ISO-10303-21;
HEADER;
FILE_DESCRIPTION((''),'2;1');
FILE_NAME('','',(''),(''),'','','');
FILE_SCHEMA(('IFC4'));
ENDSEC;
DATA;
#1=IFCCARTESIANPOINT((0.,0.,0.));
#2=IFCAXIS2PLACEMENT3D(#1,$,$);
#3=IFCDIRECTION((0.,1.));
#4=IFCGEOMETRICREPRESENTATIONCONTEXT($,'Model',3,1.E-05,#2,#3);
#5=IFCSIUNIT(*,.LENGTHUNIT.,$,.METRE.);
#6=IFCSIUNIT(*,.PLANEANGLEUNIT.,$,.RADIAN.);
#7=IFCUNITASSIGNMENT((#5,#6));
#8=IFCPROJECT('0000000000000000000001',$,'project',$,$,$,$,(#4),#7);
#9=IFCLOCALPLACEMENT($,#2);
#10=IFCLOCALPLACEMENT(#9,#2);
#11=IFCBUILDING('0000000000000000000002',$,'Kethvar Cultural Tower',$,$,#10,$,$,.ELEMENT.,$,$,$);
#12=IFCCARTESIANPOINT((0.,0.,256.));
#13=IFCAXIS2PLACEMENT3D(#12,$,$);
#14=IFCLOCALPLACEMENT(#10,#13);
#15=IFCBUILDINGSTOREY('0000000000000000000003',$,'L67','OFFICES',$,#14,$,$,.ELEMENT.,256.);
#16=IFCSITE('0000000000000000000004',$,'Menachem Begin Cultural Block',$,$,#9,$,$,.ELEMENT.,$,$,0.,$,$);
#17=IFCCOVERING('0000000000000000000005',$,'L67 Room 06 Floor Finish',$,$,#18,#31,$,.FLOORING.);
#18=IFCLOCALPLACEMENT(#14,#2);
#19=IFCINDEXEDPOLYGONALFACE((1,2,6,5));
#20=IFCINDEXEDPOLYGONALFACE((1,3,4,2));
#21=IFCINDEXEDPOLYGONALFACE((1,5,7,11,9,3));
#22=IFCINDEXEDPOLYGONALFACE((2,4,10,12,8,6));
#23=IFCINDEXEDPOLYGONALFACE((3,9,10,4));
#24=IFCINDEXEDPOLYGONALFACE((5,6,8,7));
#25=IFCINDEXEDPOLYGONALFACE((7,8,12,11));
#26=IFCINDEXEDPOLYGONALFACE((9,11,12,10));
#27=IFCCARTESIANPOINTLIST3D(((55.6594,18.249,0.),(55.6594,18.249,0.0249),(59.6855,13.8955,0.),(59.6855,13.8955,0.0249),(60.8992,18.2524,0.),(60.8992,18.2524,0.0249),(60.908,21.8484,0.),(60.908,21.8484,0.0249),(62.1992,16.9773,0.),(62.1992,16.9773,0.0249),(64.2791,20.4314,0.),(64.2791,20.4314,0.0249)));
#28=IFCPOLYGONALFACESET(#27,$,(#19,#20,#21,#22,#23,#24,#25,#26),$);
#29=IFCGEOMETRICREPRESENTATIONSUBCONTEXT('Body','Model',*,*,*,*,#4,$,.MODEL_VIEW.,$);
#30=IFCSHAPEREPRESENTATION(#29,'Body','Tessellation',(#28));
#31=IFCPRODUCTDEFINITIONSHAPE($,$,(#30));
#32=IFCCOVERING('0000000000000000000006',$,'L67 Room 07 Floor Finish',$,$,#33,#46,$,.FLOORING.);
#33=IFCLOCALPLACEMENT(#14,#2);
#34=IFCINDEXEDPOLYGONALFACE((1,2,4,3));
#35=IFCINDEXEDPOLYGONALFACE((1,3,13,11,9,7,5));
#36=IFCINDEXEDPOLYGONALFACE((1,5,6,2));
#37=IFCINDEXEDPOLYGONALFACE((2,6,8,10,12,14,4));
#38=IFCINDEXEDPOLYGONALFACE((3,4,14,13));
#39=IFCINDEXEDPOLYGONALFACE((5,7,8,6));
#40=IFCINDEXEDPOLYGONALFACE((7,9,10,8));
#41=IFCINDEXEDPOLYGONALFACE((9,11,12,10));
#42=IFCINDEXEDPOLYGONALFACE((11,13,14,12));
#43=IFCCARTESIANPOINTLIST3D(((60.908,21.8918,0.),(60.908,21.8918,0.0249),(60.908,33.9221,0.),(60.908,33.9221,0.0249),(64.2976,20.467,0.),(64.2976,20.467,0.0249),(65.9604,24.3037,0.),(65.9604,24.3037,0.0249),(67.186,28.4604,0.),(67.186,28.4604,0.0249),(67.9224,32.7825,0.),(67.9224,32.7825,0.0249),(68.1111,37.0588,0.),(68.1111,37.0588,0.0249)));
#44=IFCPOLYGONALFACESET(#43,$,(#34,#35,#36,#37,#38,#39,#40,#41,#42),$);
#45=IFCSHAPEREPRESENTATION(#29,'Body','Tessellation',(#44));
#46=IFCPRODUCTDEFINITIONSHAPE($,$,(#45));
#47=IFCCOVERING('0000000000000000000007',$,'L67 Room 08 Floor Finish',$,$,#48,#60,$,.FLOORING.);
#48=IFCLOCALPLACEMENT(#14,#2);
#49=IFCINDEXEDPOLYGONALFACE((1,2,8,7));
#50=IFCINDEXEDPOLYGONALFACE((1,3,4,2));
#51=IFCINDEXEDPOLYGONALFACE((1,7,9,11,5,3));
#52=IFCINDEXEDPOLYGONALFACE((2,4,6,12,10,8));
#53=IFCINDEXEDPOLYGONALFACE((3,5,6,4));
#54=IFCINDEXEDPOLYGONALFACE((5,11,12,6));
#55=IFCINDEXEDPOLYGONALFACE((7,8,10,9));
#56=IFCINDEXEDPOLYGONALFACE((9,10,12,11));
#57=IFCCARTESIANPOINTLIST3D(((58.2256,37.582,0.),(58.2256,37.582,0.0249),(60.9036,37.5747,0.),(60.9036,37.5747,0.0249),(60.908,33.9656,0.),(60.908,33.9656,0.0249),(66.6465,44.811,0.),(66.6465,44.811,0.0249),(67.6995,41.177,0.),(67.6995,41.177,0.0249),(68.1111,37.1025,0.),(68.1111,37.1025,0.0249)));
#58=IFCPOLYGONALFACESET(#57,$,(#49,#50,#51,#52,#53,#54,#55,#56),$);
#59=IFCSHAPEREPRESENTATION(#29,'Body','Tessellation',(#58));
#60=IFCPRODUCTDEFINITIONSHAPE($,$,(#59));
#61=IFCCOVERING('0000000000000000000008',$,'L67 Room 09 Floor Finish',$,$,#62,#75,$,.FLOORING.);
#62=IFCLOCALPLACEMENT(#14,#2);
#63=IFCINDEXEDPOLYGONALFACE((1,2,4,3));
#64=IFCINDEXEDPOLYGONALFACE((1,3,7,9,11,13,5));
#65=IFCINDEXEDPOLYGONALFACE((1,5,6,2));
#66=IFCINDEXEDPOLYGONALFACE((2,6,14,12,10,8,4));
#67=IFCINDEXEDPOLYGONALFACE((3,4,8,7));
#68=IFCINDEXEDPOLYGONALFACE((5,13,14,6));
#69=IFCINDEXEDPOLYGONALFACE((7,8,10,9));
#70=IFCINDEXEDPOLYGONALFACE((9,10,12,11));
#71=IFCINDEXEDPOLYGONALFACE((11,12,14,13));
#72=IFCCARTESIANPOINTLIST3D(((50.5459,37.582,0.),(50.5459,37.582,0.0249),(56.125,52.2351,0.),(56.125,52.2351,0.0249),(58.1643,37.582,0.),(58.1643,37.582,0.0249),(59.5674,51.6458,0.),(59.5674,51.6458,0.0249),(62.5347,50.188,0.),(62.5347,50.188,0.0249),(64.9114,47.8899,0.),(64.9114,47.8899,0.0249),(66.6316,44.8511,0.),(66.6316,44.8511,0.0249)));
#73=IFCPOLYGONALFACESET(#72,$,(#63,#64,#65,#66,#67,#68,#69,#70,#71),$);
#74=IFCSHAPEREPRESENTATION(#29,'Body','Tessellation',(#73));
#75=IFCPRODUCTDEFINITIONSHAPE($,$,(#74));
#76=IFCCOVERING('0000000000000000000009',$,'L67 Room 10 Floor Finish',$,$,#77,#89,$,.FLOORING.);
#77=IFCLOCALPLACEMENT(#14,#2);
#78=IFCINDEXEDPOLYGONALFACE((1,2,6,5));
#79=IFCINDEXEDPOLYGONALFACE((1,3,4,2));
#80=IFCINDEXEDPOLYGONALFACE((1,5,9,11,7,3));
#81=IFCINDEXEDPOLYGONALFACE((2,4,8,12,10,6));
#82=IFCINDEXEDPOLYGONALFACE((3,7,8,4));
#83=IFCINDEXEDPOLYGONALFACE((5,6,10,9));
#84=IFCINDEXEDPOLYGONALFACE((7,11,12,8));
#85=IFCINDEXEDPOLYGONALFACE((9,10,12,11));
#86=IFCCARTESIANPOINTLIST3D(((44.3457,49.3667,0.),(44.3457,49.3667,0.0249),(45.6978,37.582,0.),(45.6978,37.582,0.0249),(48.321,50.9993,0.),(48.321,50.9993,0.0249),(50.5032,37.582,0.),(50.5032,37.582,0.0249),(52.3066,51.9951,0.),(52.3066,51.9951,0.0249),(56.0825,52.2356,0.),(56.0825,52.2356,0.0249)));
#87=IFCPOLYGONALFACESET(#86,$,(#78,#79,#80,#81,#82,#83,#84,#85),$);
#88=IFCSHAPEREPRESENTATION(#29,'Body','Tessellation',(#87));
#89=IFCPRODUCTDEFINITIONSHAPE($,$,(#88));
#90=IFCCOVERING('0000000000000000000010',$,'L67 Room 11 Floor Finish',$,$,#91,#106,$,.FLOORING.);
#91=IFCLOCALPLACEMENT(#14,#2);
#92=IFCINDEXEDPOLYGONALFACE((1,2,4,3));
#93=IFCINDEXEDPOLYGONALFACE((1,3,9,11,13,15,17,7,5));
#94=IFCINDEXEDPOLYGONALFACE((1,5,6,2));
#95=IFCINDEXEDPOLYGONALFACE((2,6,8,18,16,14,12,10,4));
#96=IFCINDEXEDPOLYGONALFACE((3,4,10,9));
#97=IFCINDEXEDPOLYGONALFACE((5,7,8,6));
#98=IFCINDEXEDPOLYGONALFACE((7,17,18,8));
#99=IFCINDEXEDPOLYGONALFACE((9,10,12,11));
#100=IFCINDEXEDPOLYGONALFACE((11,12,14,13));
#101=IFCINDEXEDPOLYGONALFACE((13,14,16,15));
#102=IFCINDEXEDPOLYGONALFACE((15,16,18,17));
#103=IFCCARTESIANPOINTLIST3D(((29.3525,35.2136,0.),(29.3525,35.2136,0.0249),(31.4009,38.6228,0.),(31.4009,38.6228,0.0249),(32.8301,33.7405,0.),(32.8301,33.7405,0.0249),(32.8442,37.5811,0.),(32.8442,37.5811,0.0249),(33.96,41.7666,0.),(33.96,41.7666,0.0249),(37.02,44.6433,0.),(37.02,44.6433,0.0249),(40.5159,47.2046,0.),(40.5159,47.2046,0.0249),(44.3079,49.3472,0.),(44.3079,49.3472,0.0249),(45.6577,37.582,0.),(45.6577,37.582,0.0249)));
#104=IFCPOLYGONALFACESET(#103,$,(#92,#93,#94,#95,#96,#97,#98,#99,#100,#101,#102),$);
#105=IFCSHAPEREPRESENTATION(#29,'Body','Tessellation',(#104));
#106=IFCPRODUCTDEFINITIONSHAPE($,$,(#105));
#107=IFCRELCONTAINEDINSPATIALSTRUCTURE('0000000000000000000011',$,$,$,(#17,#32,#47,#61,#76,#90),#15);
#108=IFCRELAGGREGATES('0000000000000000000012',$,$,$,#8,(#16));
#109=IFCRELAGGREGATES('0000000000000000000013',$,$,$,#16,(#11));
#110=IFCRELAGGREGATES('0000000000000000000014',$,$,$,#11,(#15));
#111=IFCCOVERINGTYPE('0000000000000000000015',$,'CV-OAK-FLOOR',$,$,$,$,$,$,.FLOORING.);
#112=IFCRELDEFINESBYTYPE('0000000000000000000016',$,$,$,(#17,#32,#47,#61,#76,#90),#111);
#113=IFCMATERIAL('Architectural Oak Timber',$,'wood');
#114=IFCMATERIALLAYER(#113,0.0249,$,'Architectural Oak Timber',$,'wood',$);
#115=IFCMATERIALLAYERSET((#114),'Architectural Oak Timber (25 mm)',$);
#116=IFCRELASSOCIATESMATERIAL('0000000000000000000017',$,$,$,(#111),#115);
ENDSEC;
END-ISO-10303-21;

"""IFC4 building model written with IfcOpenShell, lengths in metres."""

from ifc_helpers import new_model, si_unit, direction, frame, origin, place, context, subcontext, project, spatial, polyline, outline, extrude, material, layer, layer_set, type_object, element, save


model = new_model("IFC4")

# Units and contexts
model_context = context("Model", 3, precision=1e-05, world=origin(), true_north=direction((0.0, 1.0)))
body_context = subcontext(model_context, "Body", "Model", "MODEL_VIEW")
ifc_project = project(units=[si_unit("LENGTHUNIT", "METRE"), si_unit("PLANEANGLEUNIT", "RADIAN")], contexts=[model_context])

# Site, building, storey
site_placement = place(None, origin())
site = spatial("IfcSite", under=ifc_project, at=site_placement, Name="Menachem Begin Cultural Block", CompositionType="ELEMENT", RefElevation=0.0)
building_placement = place(site_placement, origin())
building = spatial("IfcBuilding", under=site, at=building_placement, Name="Kethvar Cultural Tower", CompositionType="ELEMENT")
storey_placement = place(building_placement, frame((0.0, 0.0, 256.0)))
storey = spatial("IfcBuildingStorey", under=building, at=storey_placement, Name="L67", Description="OFFICES", CompositionType="ELEMENT", Elevation=256.0)

# Coverings
ifc_material_1 = material(Name="Architectural Oak Timber", Category="wood")
ifc_layer_1 = layer(ifc_material_1, 0.0249, Name="Architectural Oak Timber", Category="wood")
ifc_layer_set_1 = layer_set([ifc_layer_1], Name="Architectural Oak Timber (25 mm)")
covering_type_1 = type_object("IfcCoveringType", Name="CV-OAK-FLOOR", PredefinedType="FLOORING", material=ifc_layer_set_1)
covering_1_placement = place(storey_placement, origin())
element("IfcCovering", 1, at=covering_1_placement, inside=storey, type_object=covering_type_1, Name="L67 Room 06 Floor Finish", PredefinedType="FLOORING", context=body_context, shape_type="SweptSolid", body=[
    extrude(outline(polyline([(62.1992, 16.9773), (59.6855, 13.8955), (55.6594, 18.249), (60.8992, 18.2524), (60.908, 21.8484), (64.2791, 20.4314), (62.1992, 16.9773)])), origin(), (0.0, 0.0, 1.0), 0.0249),
])
covering_2_placement = place(storey_placement, origin())
element("IfcCovering", 2, at=covering_2_placement, inside=storey, type_object=covering_type_1, Name="L67 Room 07 Floor Finish", PredefinedType="FLOORING", context=body_context, shape_type="SweptSolid", body=[
    extrude(outline(polyline([(67.9224, 32.7825), (67.186, 28.4604), (65.9604, 24.3037), (64.2976, 20.467), (60.908, 21.8918), (60.908, 33.9221), (68.1111, 37.0588), (67.9224, 32.7825)])), origin(), (0.0, 0.0, 1.0), 0.0249),
])
covering_3_placement = place(storey_placement, origin())
element("IfcCovering", 3, at=covering_3_placement, inside=storey, type_object=covering_type_1, Name="L67 Room 08 Floor Finish", PredefinedType="FLOORING", context=body_context, shape_type="SweptSolid", body=[
    extrude(outline(polyline([(67.6995, 41.177), (68.1111, 37.1025), (60.908, 33.9656), (60.9036, 37.5747), (58.2256, 37.582), (66.6465, 44.811), (67.6995, 41.177)])), origin(), (0.0, 0.0, 1.0), 0.0249),
])
covering_4_placement = place(storey_placement, origin())
element("IfcCovering", 4, at=covering_4_placement, inside=storey, type_object=covering_type_1, Name="L67 Room 09 Floor Finish", PredefinedType="FLOORING", context=body_context, shape_type="SweptSolid", body=[
    extrude(outline(polyline([(66.6316, 44.8511), (58.1643, 37.582), (50.5459, 37.582), (56.125, 52.2351), (59.5674, 51.6458), (62.5347, 50.188), (64.9114, 47.8899), (66.6316, 44.8511)])), origin(), (0.0, 0.0, 1.0), 0.0249),
])
covering_5_placement = place(storey_placement, origin())
element("IfcCovering", 5, at=covering_5_placement, inside=storey, type_object=covering_type_1, Name="L67 Room 10 Floor Finish", PredefinedType="FLOORING", context=body_context, shape_type="SweptSolid", body=[
    extrude(outline(polyline([(48.321, 50.9993), (52.3066, 51.9951), (56.0825, 52.2356), (50.5032, 37.582), (45.6978, 37.582), (44.3457, 49.3667), (48.321, 50.9993)])), origin(), (0.0, 0.0, 1.0), 0.0249),
])
covering_6_placement = place(storey_placement, origin())
element("IfcCovering", 6, at=covering_6_placement, inside=storey, type_object=covering_type_1, Name="L67 Room 11 Floor Finish", PredefinedType="FLOORING", context=body_context, shape_type="SweptSolid", body=[
    extrude(outline(polyline([(31.4009, 38.6228), (33.96, 41.7666), (37.02, 44.6433), (40.5159, 47.2046), (44.3079, 49.3472), (45.6577, 37.582), (32.8442, 37.5811), (32.8301, 33.7405), (29.3525, 35.2136), (31.4009, 38.6228)])), origin(), (0.0, 0.0, 1.0), 0.0249),
])

save(model, "model.ifc")
